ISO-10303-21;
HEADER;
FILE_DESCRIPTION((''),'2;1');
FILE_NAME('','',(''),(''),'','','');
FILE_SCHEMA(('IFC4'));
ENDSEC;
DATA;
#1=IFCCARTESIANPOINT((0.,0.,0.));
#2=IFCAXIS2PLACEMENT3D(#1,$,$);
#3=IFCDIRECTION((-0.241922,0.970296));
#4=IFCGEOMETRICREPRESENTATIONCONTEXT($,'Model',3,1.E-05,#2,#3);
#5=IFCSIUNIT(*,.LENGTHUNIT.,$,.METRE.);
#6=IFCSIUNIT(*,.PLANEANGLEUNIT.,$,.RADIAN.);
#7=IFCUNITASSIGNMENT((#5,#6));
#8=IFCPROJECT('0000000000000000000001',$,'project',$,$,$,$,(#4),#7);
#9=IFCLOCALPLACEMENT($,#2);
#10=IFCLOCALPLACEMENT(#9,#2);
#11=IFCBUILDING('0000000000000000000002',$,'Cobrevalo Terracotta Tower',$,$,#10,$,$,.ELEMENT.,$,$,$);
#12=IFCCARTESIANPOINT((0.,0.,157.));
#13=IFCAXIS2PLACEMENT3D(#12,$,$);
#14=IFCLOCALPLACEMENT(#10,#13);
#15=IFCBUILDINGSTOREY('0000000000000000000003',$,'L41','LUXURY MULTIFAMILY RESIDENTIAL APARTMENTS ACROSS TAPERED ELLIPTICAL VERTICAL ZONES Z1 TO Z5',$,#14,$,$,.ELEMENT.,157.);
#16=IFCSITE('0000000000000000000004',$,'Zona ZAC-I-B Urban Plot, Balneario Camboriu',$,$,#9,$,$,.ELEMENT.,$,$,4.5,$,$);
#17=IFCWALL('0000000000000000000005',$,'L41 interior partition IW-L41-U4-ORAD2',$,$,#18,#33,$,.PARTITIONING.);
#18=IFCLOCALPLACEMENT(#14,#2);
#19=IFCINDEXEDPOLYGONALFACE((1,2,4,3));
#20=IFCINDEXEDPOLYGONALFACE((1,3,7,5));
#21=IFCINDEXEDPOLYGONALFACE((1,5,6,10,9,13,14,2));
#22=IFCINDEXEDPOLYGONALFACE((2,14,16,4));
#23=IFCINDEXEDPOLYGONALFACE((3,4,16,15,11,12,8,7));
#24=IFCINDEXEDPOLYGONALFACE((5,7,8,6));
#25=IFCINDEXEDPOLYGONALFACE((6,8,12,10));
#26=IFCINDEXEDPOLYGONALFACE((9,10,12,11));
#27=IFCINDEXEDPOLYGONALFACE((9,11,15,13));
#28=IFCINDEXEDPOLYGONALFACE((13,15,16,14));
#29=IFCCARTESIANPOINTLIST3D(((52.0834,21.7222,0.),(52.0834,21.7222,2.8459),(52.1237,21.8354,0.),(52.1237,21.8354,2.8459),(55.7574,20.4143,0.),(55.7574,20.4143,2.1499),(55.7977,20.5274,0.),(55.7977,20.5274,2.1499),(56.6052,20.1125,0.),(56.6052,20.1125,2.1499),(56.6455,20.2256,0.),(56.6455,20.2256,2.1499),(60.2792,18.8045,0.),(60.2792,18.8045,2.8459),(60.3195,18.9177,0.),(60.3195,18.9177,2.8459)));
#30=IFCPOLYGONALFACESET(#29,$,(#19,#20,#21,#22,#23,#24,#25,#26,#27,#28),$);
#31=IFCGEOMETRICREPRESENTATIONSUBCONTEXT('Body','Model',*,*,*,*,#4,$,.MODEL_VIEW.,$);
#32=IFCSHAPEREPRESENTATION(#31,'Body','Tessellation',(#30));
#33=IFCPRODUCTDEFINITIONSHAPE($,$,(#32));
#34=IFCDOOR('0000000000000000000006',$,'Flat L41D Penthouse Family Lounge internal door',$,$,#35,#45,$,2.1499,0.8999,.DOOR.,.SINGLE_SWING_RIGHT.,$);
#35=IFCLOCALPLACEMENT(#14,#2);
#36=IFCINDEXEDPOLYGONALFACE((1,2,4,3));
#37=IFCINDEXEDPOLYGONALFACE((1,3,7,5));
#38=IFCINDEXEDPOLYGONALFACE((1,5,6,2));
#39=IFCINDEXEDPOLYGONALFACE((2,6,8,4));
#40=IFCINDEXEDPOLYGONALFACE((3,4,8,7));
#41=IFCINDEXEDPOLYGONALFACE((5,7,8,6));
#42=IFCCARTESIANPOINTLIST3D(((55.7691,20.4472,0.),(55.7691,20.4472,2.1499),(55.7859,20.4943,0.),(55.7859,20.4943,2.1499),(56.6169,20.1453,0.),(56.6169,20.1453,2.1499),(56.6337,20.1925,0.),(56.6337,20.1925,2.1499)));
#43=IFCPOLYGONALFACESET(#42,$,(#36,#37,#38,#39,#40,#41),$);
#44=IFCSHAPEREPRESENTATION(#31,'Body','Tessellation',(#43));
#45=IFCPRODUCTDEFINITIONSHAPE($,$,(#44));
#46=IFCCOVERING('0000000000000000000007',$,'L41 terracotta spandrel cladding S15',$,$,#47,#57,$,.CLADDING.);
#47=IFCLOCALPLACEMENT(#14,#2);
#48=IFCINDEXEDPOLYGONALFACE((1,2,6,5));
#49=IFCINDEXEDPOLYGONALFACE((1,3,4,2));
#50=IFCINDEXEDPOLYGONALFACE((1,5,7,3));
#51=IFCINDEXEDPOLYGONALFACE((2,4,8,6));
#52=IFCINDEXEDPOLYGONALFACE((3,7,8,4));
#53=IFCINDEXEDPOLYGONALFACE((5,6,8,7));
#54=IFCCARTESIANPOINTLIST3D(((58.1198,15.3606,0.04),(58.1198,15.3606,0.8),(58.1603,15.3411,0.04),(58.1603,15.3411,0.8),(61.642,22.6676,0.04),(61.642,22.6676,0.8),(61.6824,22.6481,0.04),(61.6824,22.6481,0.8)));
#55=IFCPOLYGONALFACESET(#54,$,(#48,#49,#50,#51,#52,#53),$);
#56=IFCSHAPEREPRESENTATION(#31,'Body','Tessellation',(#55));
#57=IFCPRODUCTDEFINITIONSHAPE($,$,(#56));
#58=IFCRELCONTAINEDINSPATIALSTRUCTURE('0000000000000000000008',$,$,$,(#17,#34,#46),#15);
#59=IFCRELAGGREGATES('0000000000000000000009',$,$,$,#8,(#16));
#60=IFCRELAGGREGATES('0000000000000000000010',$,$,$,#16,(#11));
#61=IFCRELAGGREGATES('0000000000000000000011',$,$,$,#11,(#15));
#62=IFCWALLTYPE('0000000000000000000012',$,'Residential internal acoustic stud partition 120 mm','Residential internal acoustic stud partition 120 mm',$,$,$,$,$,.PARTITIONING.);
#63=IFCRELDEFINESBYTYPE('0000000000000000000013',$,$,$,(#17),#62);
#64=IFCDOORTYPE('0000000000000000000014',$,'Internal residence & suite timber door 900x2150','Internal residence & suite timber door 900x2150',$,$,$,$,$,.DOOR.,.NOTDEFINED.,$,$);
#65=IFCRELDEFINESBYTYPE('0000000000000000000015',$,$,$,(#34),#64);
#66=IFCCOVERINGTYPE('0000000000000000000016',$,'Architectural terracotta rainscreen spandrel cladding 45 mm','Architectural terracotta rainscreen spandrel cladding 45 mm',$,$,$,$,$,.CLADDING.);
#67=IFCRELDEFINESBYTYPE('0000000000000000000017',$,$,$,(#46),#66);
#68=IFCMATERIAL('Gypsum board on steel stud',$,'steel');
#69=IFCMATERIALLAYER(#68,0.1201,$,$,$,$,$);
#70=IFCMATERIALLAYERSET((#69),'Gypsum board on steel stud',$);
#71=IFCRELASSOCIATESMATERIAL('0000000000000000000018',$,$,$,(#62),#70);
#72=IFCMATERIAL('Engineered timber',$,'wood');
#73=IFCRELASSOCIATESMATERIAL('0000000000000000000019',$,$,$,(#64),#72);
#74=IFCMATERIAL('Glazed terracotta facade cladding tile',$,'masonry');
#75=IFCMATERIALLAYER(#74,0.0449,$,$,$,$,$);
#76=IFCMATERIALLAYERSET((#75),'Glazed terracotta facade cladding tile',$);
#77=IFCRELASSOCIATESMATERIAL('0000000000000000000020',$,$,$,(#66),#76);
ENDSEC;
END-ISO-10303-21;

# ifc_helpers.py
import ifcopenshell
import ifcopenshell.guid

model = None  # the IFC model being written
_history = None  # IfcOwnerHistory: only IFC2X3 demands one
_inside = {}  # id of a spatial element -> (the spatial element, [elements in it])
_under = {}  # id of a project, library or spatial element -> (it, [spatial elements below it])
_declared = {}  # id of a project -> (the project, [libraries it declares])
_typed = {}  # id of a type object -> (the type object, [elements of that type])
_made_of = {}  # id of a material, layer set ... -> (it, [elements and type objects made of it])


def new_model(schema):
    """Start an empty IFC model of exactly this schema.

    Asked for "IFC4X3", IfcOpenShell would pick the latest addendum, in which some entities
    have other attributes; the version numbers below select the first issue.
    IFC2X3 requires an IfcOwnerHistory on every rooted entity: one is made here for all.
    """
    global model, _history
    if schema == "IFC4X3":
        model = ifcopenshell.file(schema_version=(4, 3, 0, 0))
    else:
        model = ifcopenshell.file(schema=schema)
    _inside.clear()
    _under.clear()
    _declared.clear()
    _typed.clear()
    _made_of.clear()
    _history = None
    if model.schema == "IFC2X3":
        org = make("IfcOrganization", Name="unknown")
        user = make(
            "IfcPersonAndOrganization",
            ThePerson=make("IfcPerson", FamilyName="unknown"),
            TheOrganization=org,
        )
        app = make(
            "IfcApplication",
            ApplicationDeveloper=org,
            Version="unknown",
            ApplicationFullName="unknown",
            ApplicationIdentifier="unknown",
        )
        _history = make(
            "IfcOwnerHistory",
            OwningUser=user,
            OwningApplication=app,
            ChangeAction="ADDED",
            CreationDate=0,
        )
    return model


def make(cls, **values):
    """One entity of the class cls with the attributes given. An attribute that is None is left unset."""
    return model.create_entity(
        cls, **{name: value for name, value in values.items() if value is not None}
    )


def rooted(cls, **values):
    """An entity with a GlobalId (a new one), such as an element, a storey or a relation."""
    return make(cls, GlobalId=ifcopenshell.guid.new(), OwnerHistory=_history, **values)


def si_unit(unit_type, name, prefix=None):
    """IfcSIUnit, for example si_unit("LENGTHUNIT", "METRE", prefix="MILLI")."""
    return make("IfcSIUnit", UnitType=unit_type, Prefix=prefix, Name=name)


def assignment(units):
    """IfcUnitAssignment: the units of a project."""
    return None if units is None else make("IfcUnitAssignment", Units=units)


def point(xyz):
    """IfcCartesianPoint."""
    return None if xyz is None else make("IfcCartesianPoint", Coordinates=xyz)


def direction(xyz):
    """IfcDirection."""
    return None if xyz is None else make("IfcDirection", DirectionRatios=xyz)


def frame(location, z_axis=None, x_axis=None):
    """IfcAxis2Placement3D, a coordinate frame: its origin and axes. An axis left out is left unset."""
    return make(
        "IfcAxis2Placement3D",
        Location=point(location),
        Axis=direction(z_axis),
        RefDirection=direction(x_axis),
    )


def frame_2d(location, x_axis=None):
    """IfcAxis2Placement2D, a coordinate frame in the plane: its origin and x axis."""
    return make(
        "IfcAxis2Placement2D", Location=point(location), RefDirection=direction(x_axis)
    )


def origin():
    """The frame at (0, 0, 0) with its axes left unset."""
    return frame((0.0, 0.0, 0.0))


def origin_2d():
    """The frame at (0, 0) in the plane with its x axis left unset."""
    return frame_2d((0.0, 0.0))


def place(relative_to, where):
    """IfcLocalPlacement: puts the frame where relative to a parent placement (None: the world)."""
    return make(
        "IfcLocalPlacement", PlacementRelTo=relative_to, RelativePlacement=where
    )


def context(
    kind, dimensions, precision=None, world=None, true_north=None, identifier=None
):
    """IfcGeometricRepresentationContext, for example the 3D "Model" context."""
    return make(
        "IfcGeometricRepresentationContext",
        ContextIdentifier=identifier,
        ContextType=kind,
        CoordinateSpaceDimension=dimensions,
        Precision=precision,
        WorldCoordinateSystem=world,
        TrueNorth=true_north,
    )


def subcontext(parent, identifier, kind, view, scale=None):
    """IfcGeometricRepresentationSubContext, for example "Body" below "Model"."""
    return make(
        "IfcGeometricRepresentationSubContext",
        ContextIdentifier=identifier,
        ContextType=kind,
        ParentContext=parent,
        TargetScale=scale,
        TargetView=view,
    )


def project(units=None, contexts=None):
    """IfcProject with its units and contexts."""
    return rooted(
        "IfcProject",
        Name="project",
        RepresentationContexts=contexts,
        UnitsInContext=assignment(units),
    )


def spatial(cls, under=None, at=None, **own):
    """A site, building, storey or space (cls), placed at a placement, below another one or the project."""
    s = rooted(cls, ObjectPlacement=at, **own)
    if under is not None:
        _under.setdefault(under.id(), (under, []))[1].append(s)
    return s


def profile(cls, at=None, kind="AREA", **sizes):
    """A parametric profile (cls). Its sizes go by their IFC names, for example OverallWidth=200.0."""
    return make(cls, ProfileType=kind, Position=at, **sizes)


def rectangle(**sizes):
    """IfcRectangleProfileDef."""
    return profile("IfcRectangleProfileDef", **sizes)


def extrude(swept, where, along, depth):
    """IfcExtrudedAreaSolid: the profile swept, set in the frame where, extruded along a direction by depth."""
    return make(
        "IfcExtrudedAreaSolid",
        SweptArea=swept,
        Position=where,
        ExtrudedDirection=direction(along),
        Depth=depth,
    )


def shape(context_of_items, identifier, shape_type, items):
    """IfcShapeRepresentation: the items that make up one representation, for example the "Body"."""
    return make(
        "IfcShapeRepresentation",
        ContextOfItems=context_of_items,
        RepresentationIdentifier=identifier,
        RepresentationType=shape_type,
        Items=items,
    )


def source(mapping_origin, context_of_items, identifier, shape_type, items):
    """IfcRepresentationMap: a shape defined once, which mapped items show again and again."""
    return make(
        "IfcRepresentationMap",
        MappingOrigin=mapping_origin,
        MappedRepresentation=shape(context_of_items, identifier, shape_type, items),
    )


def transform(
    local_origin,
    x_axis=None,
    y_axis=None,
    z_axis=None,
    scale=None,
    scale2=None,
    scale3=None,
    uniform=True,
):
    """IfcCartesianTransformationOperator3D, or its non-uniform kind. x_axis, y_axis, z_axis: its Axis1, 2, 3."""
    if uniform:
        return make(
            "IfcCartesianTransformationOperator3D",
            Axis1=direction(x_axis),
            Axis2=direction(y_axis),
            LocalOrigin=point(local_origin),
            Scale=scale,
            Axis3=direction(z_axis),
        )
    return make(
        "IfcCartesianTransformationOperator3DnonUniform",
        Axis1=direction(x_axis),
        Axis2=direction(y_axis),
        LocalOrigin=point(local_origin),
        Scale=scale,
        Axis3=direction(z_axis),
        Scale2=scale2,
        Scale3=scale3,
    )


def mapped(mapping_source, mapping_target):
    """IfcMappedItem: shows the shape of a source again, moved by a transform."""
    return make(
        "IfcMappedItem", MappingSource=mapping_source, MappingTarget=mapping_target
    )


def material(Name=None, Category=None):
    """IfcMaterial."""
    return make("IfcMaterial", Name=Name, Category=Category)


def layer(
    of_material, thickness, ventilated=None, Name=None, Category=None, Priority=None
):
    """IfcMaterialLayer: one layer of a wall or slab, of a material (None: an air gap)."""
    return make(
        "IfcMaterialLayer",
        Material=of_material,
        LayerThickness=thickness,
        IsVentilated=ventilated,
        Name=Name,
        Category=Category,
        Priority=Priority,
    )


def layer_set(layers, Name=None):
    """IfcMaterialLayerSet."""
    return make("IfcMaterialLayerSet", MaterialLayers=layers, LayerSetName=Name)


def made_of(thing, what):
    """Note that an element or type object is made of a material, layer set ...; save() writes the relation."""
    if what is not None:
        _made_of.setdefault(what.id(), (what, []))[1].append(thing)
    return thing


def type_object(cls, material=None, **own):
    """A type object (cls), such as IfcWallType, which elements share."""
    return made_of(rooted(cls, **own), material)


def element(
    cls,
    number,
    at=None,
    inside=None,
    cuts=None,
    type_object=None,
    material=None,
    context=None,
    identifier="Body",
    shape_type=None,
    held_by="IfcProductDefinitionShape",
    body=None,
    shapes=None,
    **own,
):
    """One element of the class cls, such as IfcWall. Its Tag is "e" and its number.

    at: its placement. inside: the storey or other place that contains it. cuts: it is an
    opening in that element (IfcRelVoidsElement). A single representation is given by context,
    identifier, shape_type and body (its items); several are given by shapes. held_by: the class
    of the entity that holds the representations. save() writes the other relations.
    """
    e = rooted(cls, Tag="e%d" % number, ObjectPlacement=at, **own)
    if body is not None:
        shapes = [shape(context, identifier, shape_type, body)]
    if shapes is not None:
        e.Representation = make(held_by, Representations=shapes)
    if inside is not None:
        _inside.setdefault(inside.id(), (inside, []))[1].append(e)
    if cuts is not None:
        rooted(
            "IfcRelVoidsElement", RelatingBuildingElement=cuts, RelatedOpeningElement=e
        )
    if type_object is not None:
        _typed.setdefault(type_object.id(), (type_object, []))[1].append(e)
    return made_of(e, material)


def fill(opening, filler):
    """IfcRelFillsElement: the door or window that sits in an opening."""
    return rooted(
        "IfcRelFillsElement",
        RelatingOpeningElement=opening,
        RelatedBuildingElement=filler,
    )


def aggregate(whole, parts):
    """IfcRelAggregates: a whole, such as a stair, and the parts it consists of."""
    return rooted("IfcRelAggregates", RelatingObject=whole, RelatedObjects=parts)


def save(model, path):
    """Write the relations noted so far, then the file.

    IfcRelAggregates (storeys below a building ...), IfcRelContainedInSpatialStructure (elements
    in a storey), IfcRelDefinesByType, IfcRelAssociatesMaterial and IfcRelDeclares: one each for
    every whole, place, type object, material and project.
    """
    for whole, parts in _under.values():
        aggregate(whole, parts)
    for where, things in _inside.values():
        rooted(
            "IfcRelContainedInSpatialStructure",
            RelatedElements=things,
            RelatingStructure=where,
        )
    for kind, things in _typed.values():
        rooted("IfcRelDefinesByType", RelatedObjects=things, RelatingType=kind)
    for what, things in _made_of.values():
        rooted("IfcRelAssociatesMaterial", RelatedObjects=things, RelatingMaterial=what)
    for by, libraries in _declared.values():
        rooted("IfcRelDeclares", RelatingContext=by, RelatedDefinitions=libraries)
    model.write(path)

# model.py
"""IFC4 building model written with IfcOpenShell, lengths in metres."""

from ifc_helpers import new_model, si_unit, direction, frame, frame_2d, origin, origin_2d, place, context, subcontext, project, spatial, rectangle, extrude, source, transform, mapped, material, layer, layer_set, type_object, element, fill, save


model = new_model("IFC4")

# Units and contexts
model_context = context("Model", 3, precision=1e-05, world=origin(), true_north=direction((-0.241922, 0.970296)))
body_context = subcontext(model_context, "Body", "Model", "MODEL_VIEW")
ifc_project = project(units=[si_unit("LENGTHUNIT", "METRE"), si_unit("PLANEANGLEUNIT", "RADIAN")], contexts=[model_context])

# Site, building, storey
site_placement = place(None, origin())
site = spatial("IfcSite", under=ifc_project, at=site_placement, Name="Zona ZAC-I-B Urban Plot, Balneario Camboriu", CompositionType="ELEMENT", RefElevation=4.5)
building_placement = place(site_placement, origin())
building = spatial("IfcBuilding", under=site, at=building_placement, Name="Cobrevalo Terracotta Tower", CompositionType="ELEMENT")
storey_placement = place(building_placement, frame((0.0, 0.0, 157.0)))
storey = spatial("IfcBuildingStorey", under=building, at=storey_placement, Name="L41", Description="LUXURY MULTIFAMILY RESIDENTIAL APARTMENTS ACROSS TAPERED ELLIPTICAL VERTICAL ZONES Z1 TO Z5", CompositionType="ELEMENT", Elevation=157.0)

# Shared definitions
ifc_material_1 = material(Name="Gypsum board on steel stud", Category="steel")

# Wall, opening, door
ifc_layer_1 = layer(ifc_material_1, 0.1201)
ifc_layer_set_1 = layer_set([ifc_layer_1], Name="Gypsum board on steel stud")
wall_type_1 = type_object("IfcWallType", Name="Residential internal acoustic stud partition 120 mm", Description="Residential internal acoustic stud partition 120 mm", PredefinedType="PARTITIONING", material=ifc_layer_set_1)
wall_1_placement = place(storey_placement, frame((52.1035, 21.7788, 0.0), z_axis=(0.0, 0.0, 1.0), x_axis=(0.942082, -0.335383, 0.0)))
wall_1 = element("IfcWall", 1, at=wall_1_placement, inside=storey, type_object=wall_type_1, Name="L41 interior partition IW-L41-U4-ORAD2", PredefinedType="PARTITIONING", context=body_context, shape_type="SweptSolid", body=[
    extrude(rectangle(XDim=8.6997, YDim=0.1201, at=frame_2d((4.3499, 0.0))), origin(), (0.0, 0.0, 1.0), 2.8459),
])
opening_1_placement = place(wall_1_placement, frame((3.8999, 0.0, 0.0)))
opening_1 = element("IfcOpeningElement", 2, at=opening_1_placement, cuts=wall_1, PredefinedType="OPENING", context=body_context, shape_type="SweptSolid", body=[
    extrude(rectangle(XDim=0.8999, YDim=2.1499, at=frame_2d((0.45, 1.075))), frame((0.0, 0.0701, 0.0), z_axis=(0.0, -1.0, 0.0), x_axis=(1.0, 0.0, 0.0)), (0.0, 0.0, 1.0), 0.1401),
])
ifc_material_2 = material(Name="Engineered timber", Category="wood")
door_type_1 = type_object("IfcDoorType", Name="Internal residence & suite timber door 900x2150", Description="Internal residence & suite timber door 900x2150", OperationType="NOTDEFINED", PredefinedType="DOOR", material=ifc_material_2)
shared_shape_1 = source(origin(), body_context, "Body", "SweptSolid", [
    extrude(rectangle(XDim=0.8999, YDim=2.1499, at=frame_2d((0.45, 1.075))), frame((0.0, 0.0249, 0.0), z_axis=(0.0, -1.0, 0.0), x_axis=(1.0, 0.0, 0.0)), (0.0, 0.0, 1.0), 0.05),
])
door_1_placement = place(opening_1_placement, origin())
door_1 = element("IfcDoor", 3, at=door_1_placement, inside=storey, type_object=door_type_1, Name="Flat L41D Penthouse Family Lounge internal door", OperationType="SINGLE_SWING_RIGHT", OverallHeight=2.1499, OverallWidth=0.8999, PredefinedType="DOOR", context=body_context, shape_type="MappedRepresentation", body=[
    mapped(shared_shape_1, transform((0.0, 0.0, 0.0), scale=1.0)),
])
fill(opening_1, door_1)

# Covering
ifc_material_3 = material(Name="Glazed terracotta facade cladding tile", Category="masonry")
ifc_layer_2 = layer(ifc_material_3, 0.0449)
ifc_layer_set_2 = layer_set([ifc_layer_2], Name="Glazed terracotta facade cladding tile")
covering_type = type_object("IfcCoveringType", Name="Architectural terracotta rainscreen spandrel cladding 45 mm", Description="Architectural terracotta rainscreen spandrel cladding 45 mm", PredefinedType="CLADDING", material=ifc_layer_set_2)
shared_shape_2 = source(origin(), body_context, "Body", "SweptSolid", [
    extrude(rectangle(XDim=8.1116, YDim=0.0449, at=origin_2d()), origin(), (0.0, 0.0, 1.0), 0.76),
])
covering_placement = place(storey_placement, frame((59.9011, 19.0044, 0.04), z_axis=(0.0, 0.0, 1.0), x_axis=(0.434209, 0.900812, 0.0)))
element("IfcCovering", 4, at=covering_placement, inside=storey, type_object=covering_type, Name="L41 terracotta spandrel cladding S15", PredefinedType="CLADDING", context=body_context, shape_type="MappedRepresentation", body=[
    mapped(shared_shape_2, transform((0.0, 0.0, 0.0), scale=1.0)),
])

save(model, "model.ifc")
